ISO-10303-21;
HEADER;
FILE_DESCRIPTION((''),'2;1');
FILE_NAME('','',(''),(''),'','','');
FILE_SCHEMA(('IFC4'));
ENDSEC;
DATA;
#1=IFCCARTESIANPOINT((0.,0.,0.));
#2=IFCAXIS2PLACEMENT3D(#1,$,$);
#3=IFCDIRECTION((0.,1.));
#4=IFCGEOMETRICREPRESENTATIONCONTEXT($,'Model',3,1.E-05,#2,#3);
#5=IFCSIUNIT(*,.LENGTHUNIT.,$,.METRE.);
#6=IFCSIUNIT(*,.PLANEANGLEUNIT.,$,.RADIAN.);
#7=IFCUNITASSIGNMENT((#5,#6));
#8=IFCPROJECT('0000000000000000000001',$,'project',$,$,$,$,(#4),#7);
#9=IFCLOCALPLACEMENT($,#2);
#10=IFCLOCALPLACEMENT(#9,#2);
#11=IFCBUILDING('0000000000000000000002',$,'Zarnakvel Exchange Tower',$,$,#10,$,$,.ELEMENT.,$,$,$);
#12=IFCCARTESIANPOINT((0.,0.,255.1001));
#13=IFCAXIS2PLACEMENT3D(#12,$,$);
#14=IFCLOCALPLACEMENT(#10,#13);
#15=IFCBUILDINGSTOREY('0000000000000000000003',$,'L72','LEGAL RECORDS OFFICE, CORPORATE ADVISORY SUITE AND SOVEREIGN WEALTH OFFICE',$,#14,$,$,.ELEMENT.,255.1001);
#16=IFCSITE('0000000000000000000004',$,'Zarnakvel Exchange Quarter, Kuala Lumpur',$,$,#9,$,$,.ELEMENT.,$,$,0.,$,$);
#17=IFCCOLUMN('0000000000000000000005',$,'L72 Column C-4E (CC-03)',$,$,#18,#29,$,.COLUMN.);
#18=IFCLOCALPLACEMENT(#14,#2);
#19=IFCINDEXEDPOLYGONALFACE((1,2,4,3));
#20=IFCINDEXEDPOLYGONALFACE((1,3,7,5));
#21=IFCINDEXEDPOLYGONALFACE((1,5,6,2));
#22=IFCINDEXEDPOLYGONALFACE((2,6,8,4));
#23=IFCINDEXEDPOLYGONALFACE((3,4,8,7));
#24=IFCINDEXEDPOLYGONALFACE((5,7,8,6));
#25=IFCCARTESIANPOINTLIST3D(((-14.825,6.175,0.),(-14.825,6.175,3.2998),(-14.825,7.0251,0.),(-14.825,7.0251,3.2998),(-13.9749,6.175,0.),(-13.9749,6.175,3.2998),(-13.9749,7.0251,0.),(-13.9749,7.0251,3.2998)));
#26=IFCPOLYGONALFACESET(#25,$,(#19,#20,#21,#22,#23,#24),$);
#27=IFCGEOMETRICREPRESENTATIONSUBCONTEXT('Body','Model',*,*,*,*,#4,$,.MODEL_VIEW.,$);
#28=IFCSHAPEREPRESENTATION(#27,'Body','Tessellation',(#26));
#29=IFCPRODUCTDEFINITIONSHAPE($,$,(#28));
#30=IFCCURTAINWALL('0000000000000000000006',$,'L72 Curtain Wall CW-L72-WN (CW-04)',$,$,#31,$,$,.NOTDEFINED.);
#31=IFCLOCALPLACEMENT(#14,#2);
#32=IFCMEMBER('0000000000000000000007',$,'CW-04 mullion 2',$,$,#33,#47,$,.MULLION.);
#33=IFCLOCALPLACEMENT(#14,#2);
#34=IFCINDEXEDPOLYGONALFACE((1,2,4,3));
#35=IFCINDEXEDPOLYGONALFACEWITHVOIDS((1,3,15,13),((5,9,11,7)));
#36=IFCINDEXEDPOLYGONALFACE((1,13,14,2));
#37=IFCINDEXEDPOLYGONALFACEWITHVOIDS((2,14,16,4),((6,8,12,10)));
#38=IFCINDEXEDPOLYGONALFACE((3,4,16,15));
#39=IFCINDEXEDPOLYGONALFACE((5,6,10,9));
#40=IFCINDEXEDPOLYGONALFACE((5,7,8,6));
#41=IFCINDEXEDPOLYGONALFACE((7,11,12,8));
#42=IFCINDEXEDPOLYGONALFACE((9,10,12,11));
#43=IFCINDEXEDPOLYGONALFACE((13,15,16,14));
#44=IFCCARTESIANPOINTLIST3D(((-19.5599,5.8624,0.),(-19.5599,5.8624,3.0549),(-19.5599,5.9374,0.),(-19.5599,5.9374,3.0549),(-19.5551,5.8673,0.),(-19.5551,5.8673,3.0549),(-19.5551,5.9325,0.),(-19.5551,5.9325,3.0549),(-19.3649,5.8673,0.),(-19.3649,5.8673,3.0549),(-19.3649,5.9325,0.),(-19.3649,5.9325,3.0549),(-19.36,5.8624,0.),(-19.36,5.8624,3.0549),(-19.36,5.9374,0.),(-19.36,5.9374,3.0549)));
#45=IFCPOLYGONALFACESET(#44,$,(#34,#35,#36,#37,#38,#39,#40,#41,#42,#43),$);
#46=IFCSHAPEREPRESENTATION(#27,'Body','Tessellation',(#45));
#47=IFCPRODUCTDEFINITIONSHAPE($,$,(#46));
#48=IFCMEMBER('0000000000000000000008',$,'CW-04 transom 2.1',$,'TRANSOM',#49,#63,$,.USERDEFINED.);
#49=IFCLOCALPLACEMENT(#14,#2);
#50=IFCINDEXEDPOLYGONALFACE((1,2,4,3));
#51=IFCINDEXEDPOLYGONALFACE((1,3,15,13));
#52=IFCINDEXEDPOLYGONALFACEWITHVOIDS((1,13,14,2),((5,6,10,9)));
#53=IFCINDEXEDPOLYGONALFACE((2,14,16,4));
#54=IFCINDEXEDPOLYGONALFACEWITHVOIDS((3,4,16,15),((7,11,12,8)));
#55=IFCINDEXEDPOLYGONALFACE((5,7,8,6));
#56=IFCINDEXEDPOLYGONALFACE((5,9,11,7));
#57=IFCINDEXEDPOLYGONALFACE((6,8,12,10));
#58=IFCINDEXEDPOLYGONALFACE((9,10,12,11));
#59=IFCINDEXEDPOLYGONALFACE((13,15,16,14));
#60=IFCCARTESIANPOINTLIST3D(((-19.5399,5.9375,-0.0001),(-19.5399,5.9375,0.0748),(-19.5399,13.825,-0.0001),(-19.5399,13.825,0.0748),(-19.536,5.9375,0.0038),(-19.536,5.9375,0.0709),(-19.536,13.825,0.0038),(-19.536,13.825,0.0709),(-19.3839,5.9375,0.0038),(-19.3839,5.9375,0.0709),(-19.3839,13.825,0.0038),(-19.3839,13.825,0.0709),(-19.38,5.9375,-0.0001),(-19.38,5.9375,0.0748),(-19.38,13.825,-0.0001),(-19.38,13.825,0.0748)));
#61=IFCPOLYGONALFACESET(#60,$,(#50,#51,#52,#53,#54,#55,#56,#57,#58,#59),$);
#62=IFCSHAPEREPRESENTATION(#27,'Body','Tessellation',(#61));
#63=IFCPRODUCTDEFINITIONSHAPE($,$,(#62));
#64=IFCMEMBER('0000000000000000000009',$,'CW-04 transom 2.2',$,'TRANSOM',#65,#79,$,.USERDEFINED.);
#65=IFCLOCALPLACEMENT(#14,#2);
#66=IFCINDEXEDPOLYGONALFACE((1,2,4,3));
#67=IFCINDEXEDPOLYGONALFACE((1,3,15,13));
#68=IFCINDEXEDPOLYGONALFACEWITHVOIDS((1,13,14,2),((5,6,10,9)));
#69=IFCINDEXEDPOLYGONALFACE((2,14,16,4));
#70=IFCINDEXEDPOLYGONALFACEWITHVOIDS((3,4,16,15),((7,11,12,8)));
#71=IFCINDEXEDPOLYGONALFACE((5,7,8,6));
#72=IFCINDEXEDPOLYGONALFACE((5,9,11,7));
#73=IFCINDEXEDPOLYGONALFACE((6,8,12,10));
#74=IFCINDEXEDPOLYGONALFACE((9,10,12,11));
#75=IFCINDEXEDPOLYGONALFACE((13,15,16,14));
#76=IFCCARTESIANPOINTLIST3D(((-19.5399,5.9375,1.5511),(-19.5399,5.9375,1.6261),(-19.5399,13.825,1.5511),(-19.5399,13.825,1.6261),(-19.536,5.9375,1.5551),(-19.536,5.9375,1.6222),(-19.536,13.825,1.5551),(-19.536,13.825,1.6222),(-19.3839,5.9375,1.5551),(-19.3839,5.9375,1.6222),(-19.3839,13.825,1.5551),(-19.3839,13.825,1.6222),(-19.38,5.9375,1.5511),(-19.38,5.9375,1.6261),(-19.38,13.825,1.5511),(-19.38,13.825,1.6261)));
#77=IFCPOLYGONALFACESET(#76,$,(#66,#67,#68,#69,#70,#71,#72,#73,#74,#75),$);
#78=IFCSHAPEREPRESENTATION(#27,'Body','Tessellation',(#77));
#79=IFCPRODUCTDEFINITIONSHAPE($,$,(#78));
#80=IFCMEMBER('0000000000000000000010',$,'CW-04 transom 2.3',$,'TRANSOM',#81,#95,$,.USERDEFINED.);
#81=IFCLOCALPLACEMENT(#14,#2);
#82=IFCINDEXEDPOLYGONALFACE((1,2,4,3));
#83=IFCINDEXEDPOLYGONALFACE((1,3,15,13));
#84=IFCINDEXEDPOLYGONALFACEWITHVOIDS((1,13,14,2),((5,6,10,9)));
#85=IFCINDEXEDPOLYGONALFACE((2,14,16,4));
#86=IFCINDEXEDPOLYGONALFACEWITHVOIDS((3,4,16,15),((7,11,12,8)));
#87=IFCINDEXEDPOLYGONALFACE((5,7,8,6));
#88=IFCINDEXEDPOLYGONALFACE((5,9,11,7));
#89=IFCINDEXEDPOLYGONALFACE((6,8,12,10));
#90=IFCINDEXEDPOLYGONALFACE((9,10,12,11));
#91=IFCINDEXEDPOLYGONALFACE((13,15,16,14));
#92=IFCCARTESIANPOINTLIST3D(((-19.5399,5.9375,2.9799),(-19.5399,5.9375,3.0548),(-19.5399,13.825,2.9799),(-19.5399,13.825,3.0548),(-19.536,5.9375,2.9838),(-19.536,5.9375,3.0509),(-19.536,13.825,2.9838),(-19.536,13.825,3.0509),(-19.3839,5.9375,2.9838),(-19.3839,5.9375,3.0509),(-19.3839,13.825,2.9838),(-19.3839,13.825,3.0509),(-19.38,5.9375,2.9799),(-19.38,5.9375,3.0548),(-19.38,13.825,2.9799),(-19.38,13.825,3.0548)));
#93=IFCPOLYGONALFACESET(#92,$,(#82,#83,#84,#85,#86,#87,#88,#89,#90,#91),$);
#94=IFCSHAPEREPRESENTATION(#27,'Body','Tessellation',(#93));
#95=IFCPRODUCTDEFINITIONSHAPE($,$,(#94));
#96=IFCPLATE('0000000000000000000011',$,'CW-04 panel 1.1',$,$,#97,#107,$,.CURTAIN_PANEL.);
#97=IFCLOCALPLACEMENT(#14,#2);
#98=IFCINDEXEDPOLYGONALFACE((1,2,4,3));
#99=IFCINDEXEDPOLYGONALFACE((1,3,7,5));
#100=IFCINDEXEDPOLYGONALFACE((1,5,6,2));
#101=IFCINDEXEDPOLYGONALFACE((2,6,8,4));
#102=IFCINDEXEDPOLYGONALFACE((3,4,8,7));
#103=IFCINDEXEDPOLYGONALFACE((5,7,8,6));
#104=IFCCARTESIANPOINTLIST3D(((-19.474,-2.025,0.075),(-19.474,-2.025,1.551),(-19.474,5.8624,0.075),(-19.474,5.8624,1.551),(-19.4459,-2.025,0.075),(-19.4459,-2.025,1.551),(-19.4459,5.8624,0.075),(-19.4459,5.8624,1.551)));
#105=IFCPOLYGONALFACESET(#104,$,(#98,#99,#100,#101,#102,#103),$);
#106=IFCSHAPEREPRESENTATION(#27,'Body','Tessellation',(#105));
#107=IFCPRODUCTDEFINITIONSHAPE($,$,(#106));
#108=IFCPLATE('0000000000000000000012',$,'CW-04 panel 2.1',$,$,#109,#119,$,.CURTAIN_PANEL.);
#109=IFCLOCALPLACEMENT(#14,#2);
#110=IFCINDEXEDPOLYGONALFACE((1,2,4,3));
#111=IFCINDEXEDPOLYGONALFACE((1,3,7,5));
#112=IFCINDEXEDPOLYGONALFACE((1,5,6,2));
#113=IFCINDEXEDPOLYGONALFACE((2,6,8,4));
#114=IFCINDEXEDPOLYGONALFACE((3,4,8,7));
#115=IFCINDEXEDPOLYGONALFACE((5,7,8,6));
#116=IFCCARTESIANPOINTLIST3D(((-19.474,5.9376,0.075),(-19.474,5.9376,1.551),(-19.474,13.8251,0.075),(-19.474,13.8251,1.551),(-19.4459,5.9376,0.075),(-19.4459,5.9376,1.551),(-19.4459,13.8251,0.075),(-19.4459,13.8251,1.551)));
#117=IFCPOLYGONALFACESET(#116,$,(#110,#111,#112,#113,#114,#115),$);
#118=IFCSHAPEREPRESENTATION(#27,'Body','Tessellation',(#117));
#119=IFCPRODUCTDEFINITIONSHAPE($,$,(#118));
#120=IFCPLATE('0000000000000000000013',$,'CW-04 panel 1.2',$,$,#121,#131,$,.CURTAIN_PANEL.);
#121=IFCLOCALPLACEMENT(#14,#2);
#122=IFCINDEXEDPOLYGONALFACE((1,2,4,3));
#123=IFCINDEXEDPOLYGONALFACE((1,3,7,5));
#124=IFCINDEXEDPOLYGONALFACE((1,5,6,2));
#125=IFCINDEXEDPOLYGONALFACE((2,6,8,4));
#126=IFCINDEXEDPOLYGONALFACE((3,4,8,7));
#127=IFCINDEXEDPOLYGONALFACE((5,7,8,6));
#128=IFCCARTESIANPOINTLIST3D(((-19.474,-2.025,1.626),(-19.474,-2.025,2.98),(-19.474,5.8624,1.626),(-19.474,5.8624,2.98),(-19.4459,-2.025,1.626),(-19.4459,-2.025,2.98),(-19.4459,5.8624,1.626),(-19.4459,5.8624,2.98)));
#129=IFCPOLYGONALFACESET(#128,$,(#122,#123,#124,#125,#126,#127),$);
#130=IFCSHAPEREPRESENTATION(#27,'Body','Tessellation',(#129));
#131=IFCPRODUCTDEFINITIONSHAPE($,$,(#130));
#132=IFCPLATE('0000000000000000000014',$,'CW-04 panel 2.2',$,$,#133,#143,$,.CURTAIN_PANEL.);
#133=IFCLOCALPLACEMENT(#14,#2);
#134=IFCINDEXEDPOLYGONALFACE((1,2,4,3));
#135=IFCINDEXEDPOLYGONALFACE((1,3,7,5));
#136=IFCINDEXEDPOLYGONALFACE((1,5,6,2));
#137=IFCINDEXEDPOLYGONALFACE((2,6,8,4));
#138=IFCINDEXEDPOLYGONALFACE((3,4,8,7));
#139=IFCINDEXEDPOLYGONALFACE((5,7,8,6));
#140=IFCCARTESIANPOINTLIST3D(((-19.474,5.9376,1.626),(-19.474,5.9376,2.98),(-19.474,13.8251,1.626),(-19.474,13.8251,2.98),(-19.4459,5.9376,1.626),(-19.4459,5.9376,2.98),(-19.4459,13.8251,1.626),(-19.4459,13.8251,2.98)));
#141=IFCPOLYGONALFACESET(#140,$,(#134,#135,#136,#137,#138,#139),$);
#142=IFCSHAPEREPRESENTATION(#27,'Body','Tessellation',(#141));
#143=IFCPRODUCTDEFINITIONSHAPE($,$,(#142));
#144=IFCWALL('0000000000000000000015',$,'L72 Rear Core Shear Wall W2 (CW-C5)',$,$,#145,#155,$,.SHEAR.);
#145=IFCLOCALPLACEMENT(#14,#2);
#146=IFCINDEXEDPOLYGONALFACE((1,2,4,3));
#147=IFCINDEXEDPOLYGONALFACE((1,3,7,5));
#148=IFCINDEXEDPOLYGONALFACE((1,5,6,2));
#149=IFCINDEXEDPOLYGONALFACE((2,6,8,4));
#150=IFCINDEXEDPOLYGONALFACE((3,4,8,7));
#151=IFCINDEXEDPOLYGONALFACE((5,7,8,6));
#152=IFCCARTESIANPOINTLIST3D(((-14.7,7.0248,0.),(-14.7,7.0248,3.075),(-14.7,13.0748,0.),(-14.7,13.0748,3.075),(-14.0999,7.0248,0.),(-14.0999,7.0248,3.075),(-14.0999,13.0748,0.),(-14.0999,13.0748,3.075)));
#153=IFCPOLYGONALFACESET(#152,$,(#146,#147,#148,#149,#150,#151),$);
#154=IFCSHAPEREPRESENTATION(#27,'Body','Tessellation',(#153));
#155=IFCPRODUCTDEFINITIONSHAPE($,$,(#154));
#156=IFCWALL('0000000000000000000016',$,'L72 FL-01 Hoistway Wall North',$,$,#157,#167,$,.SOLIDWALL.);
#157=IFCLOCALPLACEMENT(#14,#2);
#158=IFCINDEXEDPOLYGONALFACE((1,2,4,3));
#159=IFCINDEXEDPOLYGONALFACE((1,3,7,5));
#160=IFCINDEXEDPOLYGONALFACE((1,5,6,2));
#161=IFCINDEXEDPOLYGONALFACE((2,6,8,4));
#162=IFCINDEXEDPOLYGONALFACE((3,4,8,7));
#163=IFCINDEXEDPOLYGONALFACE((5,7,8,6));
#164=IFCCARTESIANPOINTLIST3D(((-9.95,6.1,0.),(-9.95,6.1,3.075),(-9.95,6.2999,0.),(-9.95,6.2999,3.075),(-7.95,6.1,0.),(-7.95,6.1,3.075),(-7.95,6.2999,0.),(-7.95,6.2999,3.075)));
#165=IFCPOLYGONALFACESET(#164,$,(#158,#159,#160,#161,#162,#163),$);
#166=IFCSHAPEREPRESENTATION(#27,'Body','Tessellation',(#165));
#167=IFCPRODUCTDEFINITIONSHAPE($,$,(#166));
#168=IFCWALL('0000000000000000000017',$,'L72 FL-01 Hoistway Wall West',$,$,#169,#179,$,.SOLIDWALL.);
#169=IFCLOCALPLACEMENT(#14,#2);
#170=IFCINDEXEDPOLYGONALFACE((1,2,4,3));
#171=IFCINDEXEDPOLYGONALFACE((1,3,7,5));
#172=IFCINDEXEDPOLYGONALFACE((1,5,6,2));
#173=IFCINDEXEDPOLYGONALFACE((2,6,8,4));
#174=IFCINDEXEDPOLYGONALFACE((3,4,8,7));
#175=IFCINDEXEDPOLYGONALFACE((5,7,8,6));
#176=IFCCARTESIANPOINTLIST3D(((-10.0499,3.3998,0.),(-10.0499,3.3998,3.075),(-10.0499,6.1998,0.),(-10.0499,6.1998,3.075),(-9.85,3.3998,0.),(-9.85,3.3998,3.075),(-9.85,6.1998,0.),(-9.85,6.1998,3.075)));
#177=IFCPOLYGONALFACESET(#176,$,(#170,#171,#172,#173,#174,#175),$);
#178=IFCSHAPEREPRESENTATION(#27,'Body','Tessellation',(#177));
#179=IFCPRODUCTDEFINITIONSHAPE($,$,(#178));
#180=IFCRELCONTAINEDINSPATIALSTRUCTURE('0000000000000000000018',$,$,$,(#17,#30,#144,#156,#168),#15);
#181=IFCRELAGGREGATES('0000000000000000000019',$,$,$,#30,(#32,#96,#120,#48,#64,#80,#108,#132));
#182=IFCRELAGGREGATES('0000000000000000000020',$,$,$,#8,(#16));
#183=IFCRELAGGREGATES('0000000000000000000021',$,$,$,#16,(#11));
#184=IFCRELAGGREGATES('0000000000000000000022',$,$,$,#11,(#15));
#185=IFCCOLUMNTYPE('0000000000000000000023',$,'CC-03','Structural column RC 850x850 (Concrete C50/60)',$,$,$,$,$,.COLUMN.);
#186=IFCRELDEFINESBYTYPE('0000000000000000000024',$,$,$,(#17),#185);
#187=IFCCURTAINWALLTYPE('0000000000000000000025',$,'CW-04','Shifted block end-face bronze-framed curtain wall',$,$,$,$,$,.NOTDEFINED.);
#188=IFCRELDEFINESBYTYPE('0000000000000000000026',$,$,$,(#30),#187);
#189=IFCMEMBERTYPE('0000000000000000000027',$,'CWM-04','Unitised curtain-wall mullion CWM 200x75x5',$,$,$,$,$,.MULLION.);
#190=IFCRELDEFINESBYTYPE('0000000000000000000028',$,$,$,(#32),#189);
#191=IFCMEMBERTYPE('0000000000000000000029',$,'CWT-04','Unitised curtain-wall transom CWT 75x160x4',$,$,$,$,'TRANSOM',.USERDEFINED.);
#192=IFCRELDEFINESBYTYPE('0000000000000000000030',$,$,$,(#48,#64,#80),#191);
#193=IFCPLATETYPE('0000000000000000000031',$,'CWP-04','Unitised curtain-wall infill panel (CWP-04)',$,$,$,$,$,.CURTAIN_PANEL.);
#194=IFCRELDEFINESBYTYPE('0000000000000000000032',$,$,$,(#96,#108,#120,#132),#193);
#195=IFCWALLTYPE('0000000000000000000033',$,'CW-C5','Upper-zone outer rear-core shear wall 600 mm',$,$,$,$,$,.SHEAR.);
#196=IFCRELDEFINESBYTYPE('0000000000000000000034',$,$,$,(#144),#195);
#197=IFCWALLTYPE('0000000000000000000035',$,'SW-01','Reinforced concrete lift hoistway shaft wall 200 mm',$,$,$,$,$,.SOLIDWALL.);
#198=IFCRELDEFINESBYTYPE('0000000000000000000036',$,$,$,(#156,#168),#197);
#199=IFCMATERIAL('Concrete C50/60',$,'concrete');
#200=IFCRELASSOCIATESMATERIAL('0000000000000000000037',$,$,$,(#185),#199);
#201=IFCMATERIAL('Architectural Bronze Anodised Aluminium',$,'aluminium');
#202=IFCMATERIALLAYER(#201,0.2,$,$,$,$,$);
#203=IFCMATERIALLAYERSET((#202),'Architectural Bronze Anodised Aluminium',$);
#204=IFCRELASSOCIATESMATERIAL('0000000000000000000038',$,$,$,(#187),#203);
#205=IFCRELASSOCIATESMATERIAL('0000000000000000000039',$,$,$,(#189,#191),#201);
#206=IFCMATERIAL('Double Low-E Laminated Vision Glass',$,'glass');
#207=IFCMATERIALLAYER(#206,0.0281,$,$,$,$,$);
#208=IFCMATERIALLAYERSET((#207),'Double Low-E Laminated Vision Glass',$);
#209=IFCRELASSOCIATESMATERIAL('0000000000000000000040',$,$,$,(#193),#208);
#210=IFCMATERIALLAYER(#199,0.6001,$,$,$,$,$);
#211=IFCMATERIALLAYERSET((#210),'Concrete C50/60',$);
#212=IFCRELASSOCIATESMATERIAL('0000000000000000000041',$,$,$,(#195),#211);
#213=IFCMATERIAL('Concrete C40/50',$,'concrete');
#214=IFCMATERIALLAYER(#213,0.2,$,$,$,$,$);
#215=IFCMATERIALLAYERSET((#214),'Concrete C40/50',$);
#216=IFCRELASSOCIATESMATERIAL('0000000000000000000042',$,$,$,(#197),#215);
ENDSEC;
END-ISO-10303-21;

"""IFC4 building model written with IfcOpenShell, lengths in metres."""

from ifc_helpers import new_model, si_unit, direction, frame, frame_2d, origin, origin_2d, place, context, subcontext, project, spatial, rectangle, hollow_rectangle, extrude, source, transform, mapped, material, layer, layer_set, material_profile, profile_set, type_object, element, aggregate, save


model = new_model("IFC4")

# Units and contexts
model_context = context("Model", 3, precision=1e-05, world=origin(), true_north=direction((0.0, 1.0)))
body_context = subcontext(model_context, "Body", "Model", "MODEL_VIEW")
ifc_project = project(units=[si_unit("LENGTHUNIT", "METRE"), si_unit("PLANEANGLEUNIT", "RADIAN")], contexts=[model_context])

# Site, building, storey
site_placement = place(None, origin())
site = spatial("IfcSite", under=ifc_project, at=site_placement, Name="Zarnakvel Exchange Quarter, Kuala Lumpur", CompositionType="ELEMENT", RefElevation=0.0)
building_placement = place(site_placement, origin())
building = spatial("IfcBuilding", under=site, at=building_placement, Name="Zarnakvel Exchange Tower", CompositionType="ELEMENT")
storey_placement = place(building_placement, frame((0.0, 0.0, 255.1001)))
storey = spatial("IfcBuildingStorey", under=building, at=storey_placement, Name="L72", Description="LEGAL RECORDS OFFICE, CORPORATE ADVISORY SUITE AND SOVEREIGN WEALTH OFFICE", CompositionType="ELEMENT", Elevation=255.1001)

# Column
ifc_material_1 = material(Name="Concrete C50/60", Category="concrete")
ifc_material_profile_1 = material_profile(ifc_material_1, rectangle(XDim=0.8501, YDim=0.8501, at=origin_2d()))
ifc_profile_set_1 = profile_set([ifc_material_profile_1], Name="Concrete C50/60")
column_type = type_object("IfcColumnType", Name="CC-03", Description="Structural column RC 850x850 (Concrete C50/60)", PredefinedType="COLUMN", material=ifc_profile_set_1)
column_placement = place(storey_placement, frame((-14.3999, 6.6001, 0.0), z_axis=(0.0, 0.0, 1.0), x_axis=(1.0, 0.0, 0.0)))
element("IfcColumn", 1, at=column_placement, inside=storey, type_object=column_type, Name="L72 Column C-4E (CC-03)", PredefinedType="COLUMN", context=body_context, shape_type="SweptSolid", body=[
    extrude(rectangle(XDim=0.8501, YDim=0.8501, at=origin_2d()), origin(), (0.0, 0.0, 1.0), 3.2998),
])

# Curtain wall, members, plates
ifc_material_2 = material(Name="Architectural Bronze Anodised Aluminium", Category="aluminium")
ifc_layer_1 = layer(ifc_material_2, 0.2)
ifc_layer_set_1 = layer_set([ifc_layer_1], Name="Architectural Bronze Anodised Aluminium")
curtain_wall_type = type_object("IfcCurtainWallType", Name="CW-04", Description="Shifted block end-face bronze-framed curtain wall", PredefinedType="NOTDEFINED", material=ifc_layer_set_1)
curtain_wall_placement = place(storey_placement, origin())
curtain_wall = element("IfcCurtainWall", 2, at=curtain_wall_placement, inside=storey, type_object=curtain_wall_type, Name="L72 Curtain Wall CW-L72-WN (CW-04)", PredefinedType="NOTDEFINED")
ifc_material_profile_2 = material_profile(ifc_material_2, hollow_rectangle(XDim=0.2, YDim=0.075, WallThickness=0.0049, at=origin_2d()))
ifc_profile_set_2 = profile_set([ifc_material_profile_2], Name="Architectural Bronze Anodised Aluminium")
member_type_1 = type_object("IfcMemberType", Name="CWM-04", Description="Unitised curtain-wall mullion CWM 200x75x5", PredefinedType="MULLION", material=ifc_profile_set_2)
shared_shape_1 = source(origin(), body_context, "Body", "SweptSolid", [
    extrude(hollow_rectangle(XDim=0.2, YDim=0.075, WallThickness=0.0049, at=origin_2d()), origin(), (0.0, 0.0, 1.0), 3.0549),
])
member_1_placement = place(storey_placement, frame((-19.46, 5.8999, 0.0), z_axis=(0.0, 0.0, 1.0), x_axis=(-1.0, 0.0, 0.0)))
member_1 = element("IfcMember", 3, at=member_1_placement, type_object=member_type_1, Name="CW-04 mullion 2", PredefinedType="MULLION", context=body_context, shape_type="MappedRepresentation", body=[
    mapped(shared_shape_1, transform((0.0, 0.0, 0.0), x_axis=(1.0, 0.0, 0.0), y_axis=(0.0, 1.0, 0.0), z_axis=(0.0, 0.0, 1.0), scale=1.0)),
])
ifc_material_profile_3 = material_profile(ifc_material_2, hollow_rectangle(XDim=0.1599, YDim=0.075, WallThickness=0.0039, at=origin_2d()))
ifc_profile_set_3 = profile_set([ifc_material_profile_3], Name="Architectural Bronze Anodised Aluminium")
member_type_2 = type_object("IfcMemberType", Name="CWT-04", Description="Unitised curtain-wall transom CWT 75x160x4", ElementType="TRANSOM", PredefinedType="USERDEFINED", material=ifc_profile_set_3)
shared_shape_2 = source(origin(), body_context, "Body", "SweptSolid", [
    extrude(hollow_rectangle(XDim=0.1599, YDim=0.075, WallThickness=0.0039, at=origin_2d()), origin(), (0.0, 0.0, 1.0), 7.8875),
])
member_2_placement = place(storey_placement, frame((-19.46, 5.9375, 0.0374), z_axis=(0.0, 1.0, 0.0), x_axis=(-1.0, 0.0, 0.0)))
member_2 = element("IfcMember", 4, at=member_2_placement, type_object=member_type_2, Name="CW-04 transom 2.1", ObjectType="TRANSOM", PredefinedType="USERDEFINED", context=body_context, shape_type="MappedRepresentation", body=[
    mapped(shared_shape_2, transform((0.0, 0.0, 0.0), x_axis=(1.0, 0.0, 0.0), y_axis=(0.0, 1.0, 0.0), z_axis=(0.0, 0.0, 1.0), scale=1.0)),
])
member_3_placement = place(storey_placement, frame((-19.46, 5.9375, 1.5886), z_axis=(0.0, 1.0, 0.0), x_axis=(-1.0, 0.0, 0.0)))
member_3 = element("IfcMember", 5, at=member_3_placement, type_object=member_type_2, Name="CW-04 transom 2.2", ObjectType="TRANSOM", PredefinedType="USERDEFINED", context=body_context, shape_type="MappedRepresentation", body=[
    mapped(shared_shape_2, transform((0.0, 0.0, 0.0), x_axis=(1.0, 0.0, 0.0), y_axis=(0.0, 1.0, 0.0), z_axis=(0.0, 0.0, 1.0), scale=1.0)),
])
member_4_placement = place(storey_placement, frame((-19.46, 5.9375, 3.0173), z_axis=(0.0, 1.0, 0.0), x_axis=(-1.0, 0.0, 0.0)))
member_4 = element("IfcMember", 6, at=member_4_placement, type_object=member_type_2, Name="CW-04 transom 2.3", ObjectType="TRANSOM", PredefinedType="USERDEFINED", context=body_context, shape_type="MappedRepresentation", body=[
    mapped(shared_shape_2, transform((0.0, 0.0, 0.0), x_axis=(1.0, 0.0, 0.0), y_axis=(0.0, 1.0, 0.0), z_axis=(0.0, 0.0, 1.0), scale=1.0)),
])
ifc_material_3 = material(Name="Double Low-E Laminated Vision Glass", Category="glass")
ifc_layer_2 = layer(ifc_material_3, 0.0281)
ifc_layer_set_2 = layer_set([ifc_layer_2], Name="Double Low-E Laminated Vision Glass")
plate_type = type_object("IfcPlateType", Name="CWP-04", Description="Unitised curtain-wall infill panel (CWP-04)", PredefinedType="CURTAIN_PANEL", material=ifc_layer_set_2)
shared_shape_3 = source(origin(), body_context, "Body", "SweptSolid", [
    extrude(rectangle(XDim=7.8875, YDim=0.0281, at=origin_2d()), origin(), (0.0, 0.0, 1.0), 1.4761),
])
plate_1_placement = place(storey_placement, frame((-19.46, 1.9187, 0.075), z_axis=(0.0, 0.0, 1.0), x_axis=(0.0, 1.0, 0.0)))
plate_1 = element("IfcPlate", 7, at=plate_1_placement, type_object=plate_type, Name="CW-04 panel 1.1", PredefinedType="CURTAIN_PANEL", context=body_context, shape_type="MappedRepresentation", body=[
    mapped(shared_shape_3, transform((0.0, 0.0, 0.0), x_axis=(1.0, 0.0, 0.0), y_axis=(0.0, 1.0, 0.0), z_axis=(0.0, 0.0, 1.0), scale=1.0)),
])
plate_2_placement = place(storey_placement, frame((-19.46, 9.8813, 0.075), z_axis=(0.0, 0.0, 1.0), x_axis=(0.0, 1.0, 0.0)))
plate_2 = element("IfcPlate", 8, at=plate_2_placement, type_object=plate_type, Name="CW-04 panel 2.1", PredefinedType="CURTAIN_PANEL", context=body_context, shape_type="MappedRepresentation", body=[
    mapped(shared_shape_3, transform((0.0, 0.0, 0.0), x_axis=(1.0, 0.0, 0.0), y_axis=(0.0, 1.0, 0.0), z_axis=(0.0, 0.0, 1.0), scale=1.0)),
])
shared_shape_4 = source(origin(), body_context, "Body", "SweptSolid", [
    extrude(rectangle(XDim=7.8875, YDim=0.0281, at=origin_2d()), origin(), (0.0, 0.0, 1.0), 1.354),
])
plate_3_placement = place(storey_placement, frame((-19.46, 1.9187, 1.626), z_axis=(0.0, 0.0, 1.0), x_axis=(0.0, 1.0, 0.0)))
plate_3 = element("IfcPlate", 9, at=plate_3_placement, type_object=plate_type, Name="CW-04 panel 1.2", PredefinedType="CURTAIN_PANEL", context=body_context, shape_type="MappedRepresentation", body=[
    mapped(shared_shape_4, transform((0.0, 0.0, 0.0), x_axis=(1.0, 0.0, 0.0), y_axis=(0.0, 1.0, 0.0), z_axis=(0.0, 0.0, 1.0), scale=1.0)),
])
plate_4_placement = place(storey_placement, frame((-19.46, 9.8813, 1.626), z_axis=(0.0, 0.0, 1.0), x_axis=(0.0, 1.0, 0.0)))
plate_4 = element("IfcPlate", 10, at=plate_4_placement, type_object=plate_type, Name="CW-04 panel 2.2", PredefinedType="CURTAIN_PANEL", context=body_context, shape_type="MappedRepresentation", body=[
    mapped(shared_shape_4, transform((0.0, 0.0, 0.0), x_axis=(1.0, 0.0, 0.0), y_axis=(0.0, 1.0, 0.0), z_axis=(0.0, 0.0, 1.0), scale=1.0)),
])
aggregate(curtain_wall, [member_1, plate_1, plate_3, member_2, member_3, member_4, plate_2, plate_4])

# Walls
ifc_layer_3 = layer(ifc_material_1, 0.6001)
ifc_layer_set_3 = layer_set([ifc_layer_3], Name="Concrete C50/60")
wall_type_1 = type_object("IfcWallType", Name="CW-C5", Description="Upper-zone outer rear-core shear wall 600 mm", PredefinedType="SHEAR", material=ifc_layer_set_3)
wall_1_placement = place(storey_placement, frame((-14.3999, 7.0249, 0.0), z_axis=(0.0, 0.0, 1.0), x_axis=(0.0, 1.0, 0.0)))
element("IfcWall", 11, at=wall_1_placement, inside=storey, type_object=wall_type_1, Name="L72 Rear Core Shear Wall W2 (CW-C5)", PredefinedType="SHEAR", context=body_context, shape_type="SweptSolid", body=[
    extrude(rectangle(XDim=6.05, YDim=0.6001, at=frame_2d((3.0249, 0.0))), origin(), (0.0, 0.0, 1.0), 3.075),
])
ifc_material_4 = material(Name="Concrete C40/50", Category="concrete")
ifc_layer_4 = layer(ifc_material_4, 0.2)
ifc_layer_set_4 = layer_set([ifc_layer_4], Name="Concrete C40/50")
wall_type_2 = type_object("IfcWallType", Name="SW-01", Description="Reinforced concrete lift hoistway shaft wall 200 mm", PredefinedType="SOLIDWALL", material=ifc_layer_set_4)
wall_2_placement = place(storey_placement, frame((-9.95, 6.2, 0.0), z_axis=(0.0, 0.0, 1.0), x_axis=(1.0, 0.0, 0.0)))
element("IfcWall", 12, at=wall_2_placement, inside=storey, type_object=wall_type_2, Name="L72 FL-01 Hoistway Wall North", PredefinedType="SOLIDWALL", context=body_context, shape_type="SweptSolid", body=[
    extrude(rectangle(XDim=2.0, YDim=0.2, at=frame_2d((1.0, 0.0))), origin(), (0.0, 0.0, 1.0), 3.075),
])
wall_3_placement = place(storey_placement, frame((-9.95, 3.3999, 0.0), z_axis=(0.0, 0.0, 1.0), x_axis=(0.0, 1.0, 0.0)))
element("IfcWall", 13, at=wall_3_placement, inside=storey, type_object=wall_type_2, Name="L72 FL-01 Hoistway Wall West", PredefinedType="SOLIDWALL", context=body_context, shape_type="SweptSolid", body=[
    extrude(rectangle(XDim=2.8, YDim=0.2, at=frame_2d((1.3999, 0.0))), origin(), (0.0, 0.0, 1.0), 3.075),
])

save(model, "model.ifc")
